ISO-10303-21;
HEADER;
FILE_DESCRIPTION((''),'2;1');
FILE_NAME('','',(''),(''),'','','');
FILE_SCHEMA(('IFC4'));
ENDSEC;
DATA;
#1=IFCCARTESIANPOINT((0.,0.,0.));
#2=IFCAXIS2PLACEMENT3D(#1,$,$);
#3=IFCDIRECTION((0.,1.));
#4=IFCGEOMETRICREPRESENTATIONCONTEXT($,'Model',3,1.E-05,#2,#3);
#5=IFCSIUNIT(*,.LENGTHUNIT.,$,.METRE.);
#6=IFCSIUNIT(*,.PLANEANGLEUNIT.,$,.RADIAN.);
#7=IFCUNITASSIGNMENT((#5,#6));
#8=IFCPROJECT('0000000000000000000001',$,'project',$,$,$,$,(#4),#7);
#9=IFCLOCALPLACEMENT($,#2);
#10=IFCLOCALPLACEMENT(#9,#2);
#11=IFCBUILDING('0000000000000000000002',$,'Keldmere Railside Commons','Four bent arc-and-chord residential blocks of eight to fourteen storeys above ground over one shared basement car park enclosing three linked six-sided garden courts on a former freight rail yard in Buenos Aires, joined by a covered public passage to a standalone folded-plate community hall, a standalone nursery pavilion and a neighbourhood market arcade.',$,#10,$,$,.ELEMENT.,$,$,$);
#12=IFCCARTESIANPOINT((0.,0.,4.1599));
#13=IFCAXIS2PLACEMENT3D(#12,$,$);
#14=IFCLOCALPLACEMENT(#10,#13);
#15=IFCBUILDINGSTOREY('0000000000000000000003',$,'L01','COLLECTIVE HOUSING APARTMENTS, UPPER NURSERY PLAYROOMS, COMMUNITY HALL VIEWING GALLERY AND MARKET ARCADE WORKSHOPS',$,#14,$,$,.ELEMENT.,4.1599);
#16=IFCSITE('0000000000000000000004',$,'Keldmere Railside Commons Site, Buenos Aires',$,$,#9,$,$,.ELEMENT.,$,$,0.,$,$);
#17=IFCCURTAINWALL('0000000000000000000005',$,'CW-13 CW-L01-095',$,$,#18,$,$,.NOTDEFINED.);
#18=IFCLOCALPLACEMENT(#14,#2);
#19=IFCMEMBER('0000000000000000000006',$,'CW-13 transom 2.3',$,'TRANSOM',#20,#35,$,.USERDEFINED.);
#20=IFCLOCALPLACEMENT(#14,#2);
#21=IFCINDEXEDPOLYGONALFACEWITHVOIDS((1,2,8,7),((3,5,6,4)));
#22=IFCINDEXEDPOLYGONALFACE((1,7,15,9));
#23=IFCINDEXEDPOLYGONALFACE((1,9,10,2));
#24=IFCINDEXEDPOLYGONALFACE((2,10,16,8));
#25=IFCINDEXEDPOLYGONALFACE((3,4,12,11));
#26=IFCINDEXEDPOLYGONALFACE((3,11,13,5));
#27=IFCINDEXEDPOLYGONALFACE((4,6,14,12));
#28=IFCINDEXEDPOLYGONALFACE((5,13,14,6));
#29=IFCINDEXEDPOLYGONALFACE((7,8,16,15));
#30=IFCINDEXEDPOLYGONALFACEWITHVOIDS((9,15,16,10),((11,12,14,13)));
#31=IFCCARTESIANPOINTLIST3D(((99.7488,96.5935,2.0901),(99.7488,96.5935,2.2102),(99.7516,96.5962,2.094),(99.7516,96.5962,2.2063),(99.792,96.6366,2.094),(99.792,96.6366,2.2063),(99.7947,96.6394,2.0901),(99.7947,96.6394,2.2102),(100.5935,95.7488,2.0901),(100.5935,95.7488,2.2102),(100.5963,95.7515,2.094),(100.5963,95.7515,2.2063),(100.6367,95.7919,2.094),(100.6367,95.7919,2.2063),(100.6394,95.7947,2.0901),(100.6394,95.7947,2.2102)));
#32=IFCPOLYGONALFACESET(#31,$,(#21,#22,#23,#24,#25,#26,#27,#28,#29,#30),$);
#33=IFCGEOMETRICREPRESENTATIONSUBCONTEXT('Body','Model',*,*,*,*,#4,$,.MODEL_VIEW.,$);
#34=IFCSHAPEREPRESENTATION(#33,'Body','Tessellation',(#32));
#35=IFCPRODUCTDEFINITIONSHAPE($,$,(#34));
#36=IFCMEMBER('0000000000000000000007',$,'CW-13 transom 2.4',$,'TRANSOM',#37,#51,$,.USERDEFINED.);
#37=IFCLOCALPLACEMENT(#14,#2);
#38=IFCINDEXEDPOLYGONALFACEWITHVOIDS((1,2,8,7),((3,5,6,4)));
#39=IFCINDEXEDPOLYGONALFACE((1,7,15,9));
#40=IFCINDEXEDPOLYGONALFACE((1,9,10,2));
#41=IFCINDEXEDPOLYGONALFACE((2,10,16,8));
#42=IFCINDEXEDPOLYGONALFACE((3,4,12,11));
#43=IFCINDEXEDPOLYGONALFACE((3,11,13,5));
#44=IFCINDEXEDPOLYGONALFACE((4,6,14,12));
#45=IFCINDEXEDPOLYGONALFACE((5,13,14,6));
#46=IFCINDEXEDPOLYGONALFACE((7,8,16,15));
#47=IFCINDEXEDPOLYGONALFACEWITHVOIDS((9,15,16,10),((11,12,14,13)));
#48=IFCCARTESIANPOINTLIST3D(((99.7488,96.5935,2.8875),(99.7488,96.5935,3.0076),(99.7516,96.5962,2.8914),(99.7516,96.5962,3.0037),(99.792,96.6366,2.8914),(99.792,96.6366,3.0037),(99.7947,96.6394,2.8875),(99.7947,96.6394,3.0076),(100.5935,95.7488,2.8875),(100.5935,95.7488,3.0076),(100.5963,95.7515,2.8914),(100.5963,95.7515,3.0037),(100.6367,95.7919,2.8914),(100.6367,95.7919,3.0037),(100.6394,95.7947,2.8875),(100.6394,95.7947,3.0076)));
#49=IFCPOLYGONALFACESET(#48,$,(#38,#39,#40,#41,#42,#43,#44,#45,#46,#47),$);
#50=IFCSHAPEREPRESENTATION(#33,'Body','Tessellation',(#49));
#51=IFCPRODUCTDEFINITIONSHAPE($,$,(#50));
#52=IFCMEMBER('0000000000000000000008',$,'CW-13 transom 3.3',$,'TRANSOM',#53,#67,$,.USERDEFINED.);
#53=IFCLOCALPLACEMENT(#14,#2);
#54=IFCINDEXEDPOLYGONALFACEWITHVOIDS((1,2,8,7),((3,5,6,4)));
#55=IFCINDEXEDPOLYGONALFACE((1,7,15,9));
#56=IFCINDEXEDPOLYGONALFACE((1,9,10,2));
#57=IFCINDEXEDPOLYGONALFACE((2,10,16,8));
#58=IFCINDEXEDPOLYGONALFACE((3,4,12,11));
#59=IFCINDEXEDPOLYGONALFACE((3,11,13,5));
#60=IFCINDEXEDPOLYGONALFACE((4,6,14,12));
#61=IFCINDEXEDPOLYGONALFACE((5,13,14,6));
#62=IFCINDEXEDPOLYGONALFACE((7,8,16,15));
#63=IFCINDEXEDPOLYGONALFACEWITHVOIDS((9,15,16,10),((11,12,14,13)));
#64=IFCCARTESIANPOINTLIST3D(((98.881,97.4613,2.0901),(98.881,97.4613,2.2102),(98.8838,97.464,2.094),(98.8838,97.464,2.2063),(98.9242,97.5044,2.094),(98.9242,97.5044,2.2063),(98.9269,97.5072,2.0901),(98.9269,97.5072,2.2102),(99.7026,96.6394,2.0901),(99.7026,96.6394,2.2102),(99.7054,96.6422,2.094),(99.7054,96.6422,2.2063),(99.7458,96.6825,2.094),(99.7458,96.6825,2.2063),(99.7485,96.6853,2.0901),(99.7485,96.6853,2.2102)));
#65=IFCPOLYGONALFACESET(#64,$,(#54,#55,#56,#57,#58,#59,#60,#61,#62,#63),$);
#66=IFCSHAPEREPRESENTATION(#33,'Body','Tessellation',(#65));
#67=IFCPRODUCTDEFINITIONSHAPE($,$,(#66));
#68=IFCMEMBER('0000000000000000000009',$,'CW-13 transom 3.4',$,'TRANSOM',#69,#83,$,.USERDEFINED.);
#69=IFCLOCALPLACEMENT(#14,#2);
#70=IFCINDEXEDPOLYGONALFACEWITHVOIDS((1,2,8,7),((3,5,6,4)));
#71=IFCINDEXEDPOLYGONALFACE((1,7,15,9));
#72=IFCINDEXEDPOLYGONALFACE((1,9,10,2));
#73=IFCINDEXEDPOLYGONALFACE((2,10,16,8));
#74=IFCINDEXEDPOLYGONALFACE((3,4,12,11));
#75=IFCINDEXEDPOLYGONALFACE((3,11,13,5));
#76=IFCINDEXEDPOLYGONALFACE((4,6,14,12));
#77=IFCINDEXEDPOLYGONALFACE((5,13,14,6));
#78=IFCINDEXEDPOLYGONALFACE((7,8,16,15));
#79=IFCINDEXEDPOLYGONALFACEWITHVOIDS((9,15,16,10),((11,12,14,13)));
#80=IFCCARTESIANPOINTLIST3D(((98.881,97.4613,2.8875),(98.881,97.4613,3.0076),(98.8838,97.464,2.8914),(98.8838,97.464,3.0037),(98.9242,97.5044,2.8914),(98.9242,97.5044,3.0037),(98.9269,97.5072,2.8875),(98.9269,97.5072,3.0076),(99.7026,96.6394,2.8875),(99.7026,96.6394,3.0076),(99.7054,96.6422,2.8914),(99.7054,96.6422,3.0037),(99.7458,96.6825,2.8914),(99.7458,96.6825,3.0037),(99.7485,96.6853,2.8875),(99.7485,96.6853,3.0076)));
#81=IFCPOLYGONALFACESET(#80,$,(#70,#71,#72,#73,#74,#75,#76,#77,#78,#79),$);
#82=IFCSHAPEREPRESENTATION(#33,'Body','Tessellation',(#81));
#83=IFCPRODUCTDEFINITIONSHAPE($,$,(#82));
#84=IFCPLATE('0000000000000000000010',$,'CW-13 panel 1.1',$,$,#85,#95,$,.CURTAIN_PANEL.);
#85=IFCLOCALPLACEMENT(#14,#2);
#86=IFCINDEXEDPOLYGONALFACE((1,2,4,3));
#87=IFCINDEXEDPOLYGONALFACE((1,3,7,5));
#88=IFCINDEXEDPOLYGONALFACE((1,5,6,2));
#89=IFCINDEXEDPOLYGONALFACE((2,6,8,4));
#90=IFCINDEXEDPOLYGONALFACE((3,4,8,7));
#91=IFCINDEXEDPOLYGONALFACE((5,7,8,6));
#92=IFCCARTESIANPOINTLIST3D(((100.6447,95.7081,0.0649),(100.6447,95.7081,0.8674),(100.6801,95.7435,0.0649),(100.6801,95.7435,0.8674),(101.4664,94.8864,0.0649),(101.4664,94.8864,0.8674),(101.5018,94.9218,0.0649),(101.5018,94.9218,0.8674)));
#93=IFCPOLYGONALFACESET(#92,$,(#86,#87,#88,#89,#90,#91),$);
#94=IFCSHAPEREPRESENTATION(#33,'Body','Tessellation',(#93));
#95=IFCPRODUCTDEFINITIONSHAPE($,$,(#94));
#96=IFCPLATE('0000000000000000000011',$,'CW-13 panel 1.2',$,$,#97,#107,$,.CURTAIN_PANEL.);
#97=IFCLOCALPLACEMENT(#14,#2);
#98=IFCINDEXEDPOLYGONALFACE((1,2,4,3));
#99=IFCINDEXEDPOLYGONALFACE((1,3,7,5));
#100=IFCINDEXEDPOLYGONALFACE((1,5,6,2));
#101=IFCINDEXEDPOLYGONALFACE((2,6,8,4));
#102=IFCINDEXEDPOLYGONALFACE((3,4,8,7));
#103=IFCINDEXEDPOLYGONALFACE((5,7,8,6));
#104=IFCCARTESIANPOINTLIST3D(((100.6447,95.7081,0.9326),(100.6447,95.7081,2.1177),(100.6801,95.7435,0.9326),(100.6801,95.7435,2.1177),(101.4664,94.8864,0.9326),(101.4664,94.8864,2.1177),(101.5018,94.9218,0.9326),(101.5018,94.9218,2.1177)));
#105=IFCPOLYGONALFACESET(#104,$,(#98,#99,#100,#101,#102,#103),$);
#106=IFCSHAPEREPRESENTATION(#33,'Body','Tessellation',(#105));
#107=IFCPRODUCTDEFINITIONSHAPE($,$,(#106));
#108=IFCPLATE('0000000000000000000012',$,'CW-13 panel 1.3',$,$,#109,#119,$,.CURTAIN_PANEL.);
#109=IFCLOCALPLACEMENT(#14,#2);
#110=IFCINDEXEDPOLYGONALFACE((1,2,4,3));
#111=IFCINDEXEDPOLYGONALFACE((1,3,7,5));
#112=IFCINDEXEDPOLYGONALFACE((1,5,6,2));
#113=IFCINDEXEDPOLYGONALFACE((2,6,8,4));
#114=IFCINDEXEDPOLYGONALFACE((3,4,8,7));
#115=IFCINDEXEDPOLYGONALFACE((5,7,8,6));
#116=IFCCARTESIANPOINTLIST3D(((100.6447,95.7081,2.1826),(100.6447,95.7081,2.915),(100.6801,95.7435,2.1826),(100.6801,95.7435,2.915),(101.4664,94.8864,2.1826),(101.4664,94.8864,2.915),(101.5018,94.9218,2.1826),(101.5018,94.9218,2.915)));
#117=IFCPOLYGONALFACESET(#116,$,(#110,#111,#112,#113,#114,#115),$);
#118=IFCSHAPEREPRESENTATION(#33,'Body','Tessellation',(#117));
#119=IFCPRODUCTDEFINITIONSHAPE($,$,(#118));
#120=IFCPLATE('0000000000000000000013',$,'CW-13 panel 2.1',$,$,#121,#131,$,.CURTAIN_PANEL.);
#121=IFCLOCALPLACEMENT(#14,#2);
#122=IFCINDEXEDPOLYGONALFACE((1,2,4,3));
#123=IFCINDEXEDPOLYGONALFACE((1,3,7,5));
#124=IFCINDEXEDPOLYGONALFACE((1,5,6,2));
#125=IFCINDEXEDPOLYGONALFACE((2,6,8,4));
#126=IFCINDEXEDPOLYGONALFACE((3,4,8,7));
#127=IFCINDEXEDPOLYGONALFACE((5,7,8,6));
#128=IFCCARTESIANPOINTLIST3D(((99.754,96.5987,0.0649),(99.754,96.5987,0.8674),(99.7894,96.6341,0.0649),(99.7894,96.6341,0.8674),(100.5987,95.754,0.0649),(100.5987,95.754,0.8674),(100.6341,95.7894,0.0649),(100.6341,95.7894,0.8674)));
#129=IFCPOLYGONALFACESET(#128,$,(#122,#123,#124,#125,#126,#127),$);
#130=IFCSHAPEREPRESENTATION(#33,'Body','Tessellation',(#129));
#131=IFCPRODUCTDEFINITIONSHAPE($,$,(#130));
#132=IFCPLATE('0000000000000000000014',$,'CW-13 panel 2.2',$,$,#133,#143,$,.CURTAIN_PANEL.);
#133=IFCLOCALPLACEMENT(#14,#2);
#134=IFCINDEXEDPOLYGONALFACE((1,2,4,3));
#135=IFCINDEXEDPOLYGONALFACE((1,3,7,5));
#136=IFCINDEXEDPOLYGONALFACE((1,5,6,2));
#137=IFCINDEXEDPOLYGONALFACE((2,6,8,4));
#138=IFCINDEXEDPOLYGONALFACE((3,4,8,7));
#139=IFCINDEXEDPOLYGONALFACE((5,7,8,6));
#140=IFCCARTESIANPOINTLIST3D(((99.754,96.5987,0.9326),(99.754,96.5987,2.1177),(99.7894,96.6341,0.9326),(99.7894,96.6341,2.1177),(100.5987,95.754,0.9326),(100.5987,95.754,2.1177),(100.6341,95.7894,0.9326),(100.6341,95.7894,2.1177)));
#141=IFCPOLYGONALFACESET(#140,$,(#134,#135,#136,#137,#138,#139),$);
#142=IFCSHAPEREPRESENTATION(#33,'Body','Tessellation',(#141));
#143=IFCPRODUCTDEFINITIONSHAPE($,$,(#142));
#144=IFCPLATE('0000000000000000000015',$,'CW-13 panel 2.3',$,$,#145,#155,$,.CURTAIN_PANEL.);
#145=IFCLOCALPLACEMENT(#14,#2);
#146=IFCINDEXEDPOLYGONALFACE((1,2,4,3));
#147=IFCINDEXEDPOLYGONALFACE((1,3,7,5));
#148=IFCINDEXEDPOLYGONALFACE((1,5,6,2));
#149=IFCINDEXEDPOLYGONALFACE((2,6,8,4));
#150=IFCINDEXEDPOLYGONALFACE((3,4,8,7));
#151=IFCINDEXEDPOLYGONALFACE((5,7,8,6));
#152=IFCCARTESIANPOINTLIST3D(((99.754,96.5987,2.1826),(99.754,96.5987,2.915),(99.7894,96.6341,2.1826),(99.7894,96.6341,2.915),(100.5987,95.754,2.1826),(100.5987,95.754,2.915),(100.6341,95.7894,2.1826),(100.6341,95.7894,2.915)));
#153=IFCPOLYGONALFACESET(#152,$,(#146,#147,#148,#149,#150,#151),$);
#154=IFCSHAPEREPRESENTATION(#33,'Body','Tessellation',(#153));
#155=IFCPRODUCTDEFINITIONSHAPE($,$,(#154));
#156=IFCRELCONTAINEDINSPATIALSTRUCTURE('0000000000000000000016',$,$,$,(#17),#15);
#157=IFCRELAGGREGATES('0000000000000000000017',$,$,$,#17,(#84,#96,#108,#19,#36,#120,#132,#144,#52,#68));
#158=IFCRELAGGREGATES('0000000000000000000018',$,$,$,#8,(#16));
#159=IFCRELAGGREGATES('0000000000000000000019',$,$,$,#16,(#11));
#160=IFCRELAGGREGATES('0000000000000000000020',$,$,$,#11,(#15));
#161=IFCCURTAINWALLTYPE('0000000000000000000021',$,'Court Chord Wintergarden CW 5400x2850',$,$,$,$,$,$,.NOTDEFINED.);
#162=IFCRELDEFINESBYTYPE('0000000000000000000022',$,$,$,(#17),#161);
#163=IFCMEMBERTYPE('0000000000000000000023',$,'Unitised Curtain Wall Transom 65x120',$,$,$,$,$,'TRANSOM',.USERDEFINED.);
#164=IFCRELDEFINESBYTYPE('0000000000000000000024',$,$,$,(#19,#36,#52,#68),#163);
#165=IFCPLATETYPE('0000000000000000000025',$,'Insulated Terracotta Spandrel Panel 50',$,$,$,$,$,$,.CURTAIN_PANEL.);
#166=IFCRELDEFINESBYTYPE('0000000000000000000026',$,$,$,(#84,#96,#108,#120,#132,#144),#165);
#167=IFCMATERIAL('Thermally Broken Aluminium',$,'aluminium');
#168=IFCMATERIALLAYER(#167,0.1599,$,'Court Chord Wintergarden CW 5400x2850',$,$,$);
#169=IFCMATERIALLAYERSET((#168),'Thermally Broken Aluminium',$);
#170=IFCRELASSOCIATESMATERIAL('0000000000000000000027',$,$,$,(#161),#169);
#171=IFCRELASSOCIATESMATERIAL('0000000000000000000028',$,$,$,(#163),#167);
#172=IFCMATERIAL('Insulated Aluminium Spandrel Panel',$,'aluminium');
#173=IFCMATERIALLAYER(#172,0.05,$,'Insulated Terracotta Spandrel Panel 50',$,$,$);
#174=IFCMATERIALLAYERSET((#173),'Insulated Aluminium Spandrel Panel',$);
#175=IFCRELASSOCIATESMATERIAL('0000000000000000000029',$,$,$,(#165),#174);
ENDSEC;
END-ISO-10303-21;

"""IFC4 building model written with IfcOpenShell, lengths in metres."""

from ifc_helpers import new_model, si_unit, direction, frame, origin, origin_2d, place, context, subcontext, project, spatial, rectangle, hollow_rectangle, extrude, material, layer, layer_set, material_profile, profile_set, type_object, element, aggregate, save


model = new_model("IFC4")

# Units and contexts
model_context = context("Model", 3, precision=1e-05, world=origin(), true_north=direction((0.0, 1.0)))
body_context = subcontext(model_context, "Body", "Model", "MODEL_VIEW")
ifc_project = project(units=[si_unit("LENGTHUNIT", "METRE"), si_unit("PLANEANGLEUNIT", "RADIAN")], contexts=[model_context])

# Site, building, storey
site_placement = place(None, origin())
site = spatial("IfcSite", under=ifc_project, at=site_placement, Name="Keldmere Railside Commons Site, Buenos Aires", CompositionType="ELEMENT", RefElevation=0.0)
building_placement = place(site_placement, origin())
building = spatial("IfcBuilding", under=site, at=building_placement, Name="Keldmere Railside Commons", Description="Four bent arc-and-chord residential blocks of eight to fourteen storeys above ground over one shared basement car park enclosing three linked six-sided garden courts on a former freight rail yard in Buenos Aires, joined by a covered public passage to a standalone folded-plate community hall, a standalone nursery pavilion and a neighbourhood market arcade.", CompositionType="ELEMENT")
storey_placement = place(building_placement, frame((0.0, 0.0, 4.1599)))
storey = spatial("IfcBuildingStorey", under=building, at=storey_placement, Name="L01", Description="COLLECTIVE HOUSING APARTMENTS, UPPER NURSERY PLAYROOMS, COMMUNITY HALL VIEWING GALLERY AND MARKET ARCADE WORKSHOPS", CompositionType="ELEMENT", Elevation=4.1599)

# Curtain wall, members, plates
ifc_material_1 = material(Name="Thermally Broken Aluminium", Category="aluminium")
ifc_layer_1 = layer(ifc_material_1, 0.1599, Name="Court Chord Wintergarden CW 5400x2850")
ifc_layer_set_1 = layer_set([ifc_layer_1], Name="Thermally Broken Aluminium")
curtain_wall_type = type_object("IfcCurtainWallType", Name="Court Chord Wintergarden CW 5400x2850", PredefinedType="NOTDEFINED", material=ifc_layer_set_1)
curtain_wall_placement = place(storey_placement, origin())
curtain_wall = element("IfcCurtainWall", 1, at=curtain_wall_placement, inside=storey, type_object=curtain_wall_type, Name="CW-13 CW-L01-095", PredefinedType="NOTDEFINED")
ifc_material_profile_1 = material_profile(ifc_material_1, hollow_rectangle(XDim=0.0649, YDim=0.1201, WallThickness=0.0039, at=origin_2d()), Name="ALU-TRAN-65x120")
ifc_profile_set_1 = profile_set([ifc_material_profile_1], Name="Thermally Broken Aluminium")
member_type_1 = type_object("IfcMemberType", Name="Unitised Curtain Wall Transom 65x120", ElementType="TRANSOM", PredefinedType="USERDEFINED", material=ifc_profile_set_1)
member_1_placement = place(storey_placement, frame((100.6165, 95.7717, 2.1501), z_axis=(-0.707107, 0.707107, 0.0), x_axis=(-0.707107, -0.707107, 0.0)))
member_1 = element("IfcMember", 2, at=member_1_placement, type_object=member_type_1, Name="CW-13 transom 2.3", ObjectType="TRANSOM", PredefinedType="USERDEFINED", context=body_context, shape_type="SweptSolid", body=[
    extrude(hollow_rectangle(XDim=0.0649, YDim=0.1201, WallThickness=0.0039, at=origin_2d()), origin(), (0.0, 0.0, 1.0), 1.1946),
])
member_2_placement = place(storey_placement, frame((100.6165, 95.7717, 2.9475), z_axis=(-0.707107, 0.707107, 0.0), x_axis=(-0.707107, -0.707107, 0.0)))
member_2 = element("IfcMember", 3, at=member_2_placement, type_object=member_type_1, Name="CW-13 transom 2.4", ObjectType="TRANSOM", PredefinedType="USERDEFINED", context=body_context, shape_type="SweptSolid", body=[
    extrude(hollow_rectangle(XDim=0.0649, YDim=0.1201, WallThickness=0.0039, at=origin_2d()), origin(), (0.0, 0.0, 1.0), 1.1946),
])
member_3_placement = place(storey_placement, frame((99.7256, 96.6624, 2.1501), z_axis=(-0.707002, 0.707212, 0.0), x_axis=(-0.707212, -0.707002, 0.0)))
member_3 = element("IfcMember", 4, at=member_3_placement, type_object=member_type_1, Name="CW-13 transom 3.3", ObjectType="TRANSOM", PredefinedType="USERDEFINED", context=body_context, shape_type="SweptSolid", body=[
    extrude(hollow_rectangle(XDim=0.0649, YDim=0.1201, WallThickness=0.0039, at=origin_2d()), origin(), (0.0, 0.0, 1.0), 1.1621),
])
member_4_placement = place(storey_placement, frame((99.7256, 96.6624, 2.9475), z_axis=(-0.707002, 0.707212, 0.0), x_axis=(-0.707212, -0.707002, 0.0)))
member_4 = element("IfcMember", 5, at=member_4_placement, type_object=member_type_1, Name="CW-13 transom 3.4", ObjectType="TRANSOM", PredefinedType="USERDEFINED", context=body_context, shape_type="SweptSolid", body=[
    extrude(hollow_rectangle(XDim=0.0649, YDim=0.1201, WallThickness=0.0039, at=origin_2d()), origin(), (0.0, 0.0, 1.0), 1.1621),
])
ifc_material_2 = material(Name="Insulated Aluminium Spandrel Panel", Category="aluminium")
ifc_layer_2 = layer(ifc_material_2, 0.05, Name="Insulated Terracotta Spandrel Panel 50")
ifc_layer_set_2 = layer_set([ifc_layer_2], Name="Insulated Aluminium Spandrel Panel")
plate_type = type_object("IfcPlateType", Name="Insulated Terracotta Spandrel Panel 50", PredefinedType="CURTAIN_PANEL", material=ifc_layer_set_2)
plate_1_placement = place(storey_placement, frame((101.0732, 95.3149, 0.0649), z_axis=(0.0, 0.0, 1.0), x_axis=(-0.707107, 0.707107, 0.0)))
plate_1 = element("IfcPlate", 6, at=plate_1_placement, type_object=plate_type, Name="CW-13 panel 1.1", PredefinedType="CURTAIN_PANEL", context=body_context, shape_type="SweptSolid", body=[
    extrude(rectangle(XDim=1.1621, YDim=0.05, at=origin_2d()), origin(), (0.0, 0.0, 1.0), 0.8025),
])
plate_2_placement = place(storey_placement, frame((101.0732, 95.3149, 0.9326), z_axis=(0.0, 0.0, 1.0), x_axis=(-0.707107, 0.707107, 0.0)))
plate_2 = element("IfcPlate", 7, at=plate_2_placement, type_object=plate_type, Name="CW-13 panel 1.2", PredefinedType="CURTAIN_PANEL", context=body_context, shape_type="SweptSolid", body=[
    extrude(rectangle(XDim=1.1621, YDim=0.05, at=origin_2d()), origin(), (0.0, 0.0, 1.0), 1.1851),
])
plate_3_placement = place(storey_placement, frame((101.0732, 95.3149, 2.1826), z_axis=(0.0, 0.0, 1.0), x_axis=(-0.707107, 0.707107, 0.0)))
plate_3 = element("IfcPlate", 8, at=plate_3_placement, type_object=plate_type, Name="CW-13 panel 1.3", PredefinedType="CURTAIN_PANEL", context=body_context, shape_type="SweptSolid", body=[
    extrude(rectangle(XDim=1.1621, YDim=0.05, at=origin_2d()), origin(), (0.0, 0.0, 1.0), 0.7324),
])
plate_4_placement = place(storey_placement, frame((100.1941, 96.1941, 0.0649), z_axis=(0.0, 0.0, 1.0), x_axis=(-0.707107, 0.707107, 0.0)))
plate_4 = element("IfcPlate", 9, at=plate_4_placement, type_object=plate_type, Name="CW-13 panel 2.1", PredefinedType="CURTAIN_PANEL", context=body_context, shape_type="SweptSolid", body=[
    extrude(rectangle(XDim=1.1946, YDim=0.05, at=origin_2d()), origin(), (0.0, 0.0, 1.0), 0.8025),
])
plate_5_placement = place(storey_placement, frame((100.1941, 96.1941, 0.9326), z_axis=(0.0, 0.0, 1.0), x_axis=(-0.707107, 0.707107, 0.0)))
plate_5 = element("IfcPlate", 10, at=plate_5_placement, type_object=plate_type, Name="CW-13 panel 2.2", PredefinedType="CURTAIN_PANEL", context=body_context, shape_type="SweptSolid", body=[
    extrude(rectangle(XDim=1.1946, YDim=0.05, at=origin_2d()), origin(), (0.0, 0.0, 1.0), 1.1851),
])
plate_6_placement = place(storey_placement, frame((100.1941, 96.1941, 2.1826), z_axis=(0.0, 0.0, 1.0), x_axis=(-0.707107, 0.707107, 0.0)))
plate_6 = element("IfcPlate", 11, at=plate_6_placement, type_object=plate_type, Name="CW-13 panel 2.3", PredefinedType="CURTAIN_PANEL", context=body_context, shape_type="SweptSolid", body=[
    extrude(rectangle(XDim=1.1946, YDim=0.05, at=origin_2d()), origin(), (0.0, 0.0, 1.0), 0.7324),
])
aggregate(curtain_wall, [plate_1, plate_2, plate_3, member_1, member_2, plate_4, plate_5, plate_6, member_3, member_4])

save(model, "model.ifc")
